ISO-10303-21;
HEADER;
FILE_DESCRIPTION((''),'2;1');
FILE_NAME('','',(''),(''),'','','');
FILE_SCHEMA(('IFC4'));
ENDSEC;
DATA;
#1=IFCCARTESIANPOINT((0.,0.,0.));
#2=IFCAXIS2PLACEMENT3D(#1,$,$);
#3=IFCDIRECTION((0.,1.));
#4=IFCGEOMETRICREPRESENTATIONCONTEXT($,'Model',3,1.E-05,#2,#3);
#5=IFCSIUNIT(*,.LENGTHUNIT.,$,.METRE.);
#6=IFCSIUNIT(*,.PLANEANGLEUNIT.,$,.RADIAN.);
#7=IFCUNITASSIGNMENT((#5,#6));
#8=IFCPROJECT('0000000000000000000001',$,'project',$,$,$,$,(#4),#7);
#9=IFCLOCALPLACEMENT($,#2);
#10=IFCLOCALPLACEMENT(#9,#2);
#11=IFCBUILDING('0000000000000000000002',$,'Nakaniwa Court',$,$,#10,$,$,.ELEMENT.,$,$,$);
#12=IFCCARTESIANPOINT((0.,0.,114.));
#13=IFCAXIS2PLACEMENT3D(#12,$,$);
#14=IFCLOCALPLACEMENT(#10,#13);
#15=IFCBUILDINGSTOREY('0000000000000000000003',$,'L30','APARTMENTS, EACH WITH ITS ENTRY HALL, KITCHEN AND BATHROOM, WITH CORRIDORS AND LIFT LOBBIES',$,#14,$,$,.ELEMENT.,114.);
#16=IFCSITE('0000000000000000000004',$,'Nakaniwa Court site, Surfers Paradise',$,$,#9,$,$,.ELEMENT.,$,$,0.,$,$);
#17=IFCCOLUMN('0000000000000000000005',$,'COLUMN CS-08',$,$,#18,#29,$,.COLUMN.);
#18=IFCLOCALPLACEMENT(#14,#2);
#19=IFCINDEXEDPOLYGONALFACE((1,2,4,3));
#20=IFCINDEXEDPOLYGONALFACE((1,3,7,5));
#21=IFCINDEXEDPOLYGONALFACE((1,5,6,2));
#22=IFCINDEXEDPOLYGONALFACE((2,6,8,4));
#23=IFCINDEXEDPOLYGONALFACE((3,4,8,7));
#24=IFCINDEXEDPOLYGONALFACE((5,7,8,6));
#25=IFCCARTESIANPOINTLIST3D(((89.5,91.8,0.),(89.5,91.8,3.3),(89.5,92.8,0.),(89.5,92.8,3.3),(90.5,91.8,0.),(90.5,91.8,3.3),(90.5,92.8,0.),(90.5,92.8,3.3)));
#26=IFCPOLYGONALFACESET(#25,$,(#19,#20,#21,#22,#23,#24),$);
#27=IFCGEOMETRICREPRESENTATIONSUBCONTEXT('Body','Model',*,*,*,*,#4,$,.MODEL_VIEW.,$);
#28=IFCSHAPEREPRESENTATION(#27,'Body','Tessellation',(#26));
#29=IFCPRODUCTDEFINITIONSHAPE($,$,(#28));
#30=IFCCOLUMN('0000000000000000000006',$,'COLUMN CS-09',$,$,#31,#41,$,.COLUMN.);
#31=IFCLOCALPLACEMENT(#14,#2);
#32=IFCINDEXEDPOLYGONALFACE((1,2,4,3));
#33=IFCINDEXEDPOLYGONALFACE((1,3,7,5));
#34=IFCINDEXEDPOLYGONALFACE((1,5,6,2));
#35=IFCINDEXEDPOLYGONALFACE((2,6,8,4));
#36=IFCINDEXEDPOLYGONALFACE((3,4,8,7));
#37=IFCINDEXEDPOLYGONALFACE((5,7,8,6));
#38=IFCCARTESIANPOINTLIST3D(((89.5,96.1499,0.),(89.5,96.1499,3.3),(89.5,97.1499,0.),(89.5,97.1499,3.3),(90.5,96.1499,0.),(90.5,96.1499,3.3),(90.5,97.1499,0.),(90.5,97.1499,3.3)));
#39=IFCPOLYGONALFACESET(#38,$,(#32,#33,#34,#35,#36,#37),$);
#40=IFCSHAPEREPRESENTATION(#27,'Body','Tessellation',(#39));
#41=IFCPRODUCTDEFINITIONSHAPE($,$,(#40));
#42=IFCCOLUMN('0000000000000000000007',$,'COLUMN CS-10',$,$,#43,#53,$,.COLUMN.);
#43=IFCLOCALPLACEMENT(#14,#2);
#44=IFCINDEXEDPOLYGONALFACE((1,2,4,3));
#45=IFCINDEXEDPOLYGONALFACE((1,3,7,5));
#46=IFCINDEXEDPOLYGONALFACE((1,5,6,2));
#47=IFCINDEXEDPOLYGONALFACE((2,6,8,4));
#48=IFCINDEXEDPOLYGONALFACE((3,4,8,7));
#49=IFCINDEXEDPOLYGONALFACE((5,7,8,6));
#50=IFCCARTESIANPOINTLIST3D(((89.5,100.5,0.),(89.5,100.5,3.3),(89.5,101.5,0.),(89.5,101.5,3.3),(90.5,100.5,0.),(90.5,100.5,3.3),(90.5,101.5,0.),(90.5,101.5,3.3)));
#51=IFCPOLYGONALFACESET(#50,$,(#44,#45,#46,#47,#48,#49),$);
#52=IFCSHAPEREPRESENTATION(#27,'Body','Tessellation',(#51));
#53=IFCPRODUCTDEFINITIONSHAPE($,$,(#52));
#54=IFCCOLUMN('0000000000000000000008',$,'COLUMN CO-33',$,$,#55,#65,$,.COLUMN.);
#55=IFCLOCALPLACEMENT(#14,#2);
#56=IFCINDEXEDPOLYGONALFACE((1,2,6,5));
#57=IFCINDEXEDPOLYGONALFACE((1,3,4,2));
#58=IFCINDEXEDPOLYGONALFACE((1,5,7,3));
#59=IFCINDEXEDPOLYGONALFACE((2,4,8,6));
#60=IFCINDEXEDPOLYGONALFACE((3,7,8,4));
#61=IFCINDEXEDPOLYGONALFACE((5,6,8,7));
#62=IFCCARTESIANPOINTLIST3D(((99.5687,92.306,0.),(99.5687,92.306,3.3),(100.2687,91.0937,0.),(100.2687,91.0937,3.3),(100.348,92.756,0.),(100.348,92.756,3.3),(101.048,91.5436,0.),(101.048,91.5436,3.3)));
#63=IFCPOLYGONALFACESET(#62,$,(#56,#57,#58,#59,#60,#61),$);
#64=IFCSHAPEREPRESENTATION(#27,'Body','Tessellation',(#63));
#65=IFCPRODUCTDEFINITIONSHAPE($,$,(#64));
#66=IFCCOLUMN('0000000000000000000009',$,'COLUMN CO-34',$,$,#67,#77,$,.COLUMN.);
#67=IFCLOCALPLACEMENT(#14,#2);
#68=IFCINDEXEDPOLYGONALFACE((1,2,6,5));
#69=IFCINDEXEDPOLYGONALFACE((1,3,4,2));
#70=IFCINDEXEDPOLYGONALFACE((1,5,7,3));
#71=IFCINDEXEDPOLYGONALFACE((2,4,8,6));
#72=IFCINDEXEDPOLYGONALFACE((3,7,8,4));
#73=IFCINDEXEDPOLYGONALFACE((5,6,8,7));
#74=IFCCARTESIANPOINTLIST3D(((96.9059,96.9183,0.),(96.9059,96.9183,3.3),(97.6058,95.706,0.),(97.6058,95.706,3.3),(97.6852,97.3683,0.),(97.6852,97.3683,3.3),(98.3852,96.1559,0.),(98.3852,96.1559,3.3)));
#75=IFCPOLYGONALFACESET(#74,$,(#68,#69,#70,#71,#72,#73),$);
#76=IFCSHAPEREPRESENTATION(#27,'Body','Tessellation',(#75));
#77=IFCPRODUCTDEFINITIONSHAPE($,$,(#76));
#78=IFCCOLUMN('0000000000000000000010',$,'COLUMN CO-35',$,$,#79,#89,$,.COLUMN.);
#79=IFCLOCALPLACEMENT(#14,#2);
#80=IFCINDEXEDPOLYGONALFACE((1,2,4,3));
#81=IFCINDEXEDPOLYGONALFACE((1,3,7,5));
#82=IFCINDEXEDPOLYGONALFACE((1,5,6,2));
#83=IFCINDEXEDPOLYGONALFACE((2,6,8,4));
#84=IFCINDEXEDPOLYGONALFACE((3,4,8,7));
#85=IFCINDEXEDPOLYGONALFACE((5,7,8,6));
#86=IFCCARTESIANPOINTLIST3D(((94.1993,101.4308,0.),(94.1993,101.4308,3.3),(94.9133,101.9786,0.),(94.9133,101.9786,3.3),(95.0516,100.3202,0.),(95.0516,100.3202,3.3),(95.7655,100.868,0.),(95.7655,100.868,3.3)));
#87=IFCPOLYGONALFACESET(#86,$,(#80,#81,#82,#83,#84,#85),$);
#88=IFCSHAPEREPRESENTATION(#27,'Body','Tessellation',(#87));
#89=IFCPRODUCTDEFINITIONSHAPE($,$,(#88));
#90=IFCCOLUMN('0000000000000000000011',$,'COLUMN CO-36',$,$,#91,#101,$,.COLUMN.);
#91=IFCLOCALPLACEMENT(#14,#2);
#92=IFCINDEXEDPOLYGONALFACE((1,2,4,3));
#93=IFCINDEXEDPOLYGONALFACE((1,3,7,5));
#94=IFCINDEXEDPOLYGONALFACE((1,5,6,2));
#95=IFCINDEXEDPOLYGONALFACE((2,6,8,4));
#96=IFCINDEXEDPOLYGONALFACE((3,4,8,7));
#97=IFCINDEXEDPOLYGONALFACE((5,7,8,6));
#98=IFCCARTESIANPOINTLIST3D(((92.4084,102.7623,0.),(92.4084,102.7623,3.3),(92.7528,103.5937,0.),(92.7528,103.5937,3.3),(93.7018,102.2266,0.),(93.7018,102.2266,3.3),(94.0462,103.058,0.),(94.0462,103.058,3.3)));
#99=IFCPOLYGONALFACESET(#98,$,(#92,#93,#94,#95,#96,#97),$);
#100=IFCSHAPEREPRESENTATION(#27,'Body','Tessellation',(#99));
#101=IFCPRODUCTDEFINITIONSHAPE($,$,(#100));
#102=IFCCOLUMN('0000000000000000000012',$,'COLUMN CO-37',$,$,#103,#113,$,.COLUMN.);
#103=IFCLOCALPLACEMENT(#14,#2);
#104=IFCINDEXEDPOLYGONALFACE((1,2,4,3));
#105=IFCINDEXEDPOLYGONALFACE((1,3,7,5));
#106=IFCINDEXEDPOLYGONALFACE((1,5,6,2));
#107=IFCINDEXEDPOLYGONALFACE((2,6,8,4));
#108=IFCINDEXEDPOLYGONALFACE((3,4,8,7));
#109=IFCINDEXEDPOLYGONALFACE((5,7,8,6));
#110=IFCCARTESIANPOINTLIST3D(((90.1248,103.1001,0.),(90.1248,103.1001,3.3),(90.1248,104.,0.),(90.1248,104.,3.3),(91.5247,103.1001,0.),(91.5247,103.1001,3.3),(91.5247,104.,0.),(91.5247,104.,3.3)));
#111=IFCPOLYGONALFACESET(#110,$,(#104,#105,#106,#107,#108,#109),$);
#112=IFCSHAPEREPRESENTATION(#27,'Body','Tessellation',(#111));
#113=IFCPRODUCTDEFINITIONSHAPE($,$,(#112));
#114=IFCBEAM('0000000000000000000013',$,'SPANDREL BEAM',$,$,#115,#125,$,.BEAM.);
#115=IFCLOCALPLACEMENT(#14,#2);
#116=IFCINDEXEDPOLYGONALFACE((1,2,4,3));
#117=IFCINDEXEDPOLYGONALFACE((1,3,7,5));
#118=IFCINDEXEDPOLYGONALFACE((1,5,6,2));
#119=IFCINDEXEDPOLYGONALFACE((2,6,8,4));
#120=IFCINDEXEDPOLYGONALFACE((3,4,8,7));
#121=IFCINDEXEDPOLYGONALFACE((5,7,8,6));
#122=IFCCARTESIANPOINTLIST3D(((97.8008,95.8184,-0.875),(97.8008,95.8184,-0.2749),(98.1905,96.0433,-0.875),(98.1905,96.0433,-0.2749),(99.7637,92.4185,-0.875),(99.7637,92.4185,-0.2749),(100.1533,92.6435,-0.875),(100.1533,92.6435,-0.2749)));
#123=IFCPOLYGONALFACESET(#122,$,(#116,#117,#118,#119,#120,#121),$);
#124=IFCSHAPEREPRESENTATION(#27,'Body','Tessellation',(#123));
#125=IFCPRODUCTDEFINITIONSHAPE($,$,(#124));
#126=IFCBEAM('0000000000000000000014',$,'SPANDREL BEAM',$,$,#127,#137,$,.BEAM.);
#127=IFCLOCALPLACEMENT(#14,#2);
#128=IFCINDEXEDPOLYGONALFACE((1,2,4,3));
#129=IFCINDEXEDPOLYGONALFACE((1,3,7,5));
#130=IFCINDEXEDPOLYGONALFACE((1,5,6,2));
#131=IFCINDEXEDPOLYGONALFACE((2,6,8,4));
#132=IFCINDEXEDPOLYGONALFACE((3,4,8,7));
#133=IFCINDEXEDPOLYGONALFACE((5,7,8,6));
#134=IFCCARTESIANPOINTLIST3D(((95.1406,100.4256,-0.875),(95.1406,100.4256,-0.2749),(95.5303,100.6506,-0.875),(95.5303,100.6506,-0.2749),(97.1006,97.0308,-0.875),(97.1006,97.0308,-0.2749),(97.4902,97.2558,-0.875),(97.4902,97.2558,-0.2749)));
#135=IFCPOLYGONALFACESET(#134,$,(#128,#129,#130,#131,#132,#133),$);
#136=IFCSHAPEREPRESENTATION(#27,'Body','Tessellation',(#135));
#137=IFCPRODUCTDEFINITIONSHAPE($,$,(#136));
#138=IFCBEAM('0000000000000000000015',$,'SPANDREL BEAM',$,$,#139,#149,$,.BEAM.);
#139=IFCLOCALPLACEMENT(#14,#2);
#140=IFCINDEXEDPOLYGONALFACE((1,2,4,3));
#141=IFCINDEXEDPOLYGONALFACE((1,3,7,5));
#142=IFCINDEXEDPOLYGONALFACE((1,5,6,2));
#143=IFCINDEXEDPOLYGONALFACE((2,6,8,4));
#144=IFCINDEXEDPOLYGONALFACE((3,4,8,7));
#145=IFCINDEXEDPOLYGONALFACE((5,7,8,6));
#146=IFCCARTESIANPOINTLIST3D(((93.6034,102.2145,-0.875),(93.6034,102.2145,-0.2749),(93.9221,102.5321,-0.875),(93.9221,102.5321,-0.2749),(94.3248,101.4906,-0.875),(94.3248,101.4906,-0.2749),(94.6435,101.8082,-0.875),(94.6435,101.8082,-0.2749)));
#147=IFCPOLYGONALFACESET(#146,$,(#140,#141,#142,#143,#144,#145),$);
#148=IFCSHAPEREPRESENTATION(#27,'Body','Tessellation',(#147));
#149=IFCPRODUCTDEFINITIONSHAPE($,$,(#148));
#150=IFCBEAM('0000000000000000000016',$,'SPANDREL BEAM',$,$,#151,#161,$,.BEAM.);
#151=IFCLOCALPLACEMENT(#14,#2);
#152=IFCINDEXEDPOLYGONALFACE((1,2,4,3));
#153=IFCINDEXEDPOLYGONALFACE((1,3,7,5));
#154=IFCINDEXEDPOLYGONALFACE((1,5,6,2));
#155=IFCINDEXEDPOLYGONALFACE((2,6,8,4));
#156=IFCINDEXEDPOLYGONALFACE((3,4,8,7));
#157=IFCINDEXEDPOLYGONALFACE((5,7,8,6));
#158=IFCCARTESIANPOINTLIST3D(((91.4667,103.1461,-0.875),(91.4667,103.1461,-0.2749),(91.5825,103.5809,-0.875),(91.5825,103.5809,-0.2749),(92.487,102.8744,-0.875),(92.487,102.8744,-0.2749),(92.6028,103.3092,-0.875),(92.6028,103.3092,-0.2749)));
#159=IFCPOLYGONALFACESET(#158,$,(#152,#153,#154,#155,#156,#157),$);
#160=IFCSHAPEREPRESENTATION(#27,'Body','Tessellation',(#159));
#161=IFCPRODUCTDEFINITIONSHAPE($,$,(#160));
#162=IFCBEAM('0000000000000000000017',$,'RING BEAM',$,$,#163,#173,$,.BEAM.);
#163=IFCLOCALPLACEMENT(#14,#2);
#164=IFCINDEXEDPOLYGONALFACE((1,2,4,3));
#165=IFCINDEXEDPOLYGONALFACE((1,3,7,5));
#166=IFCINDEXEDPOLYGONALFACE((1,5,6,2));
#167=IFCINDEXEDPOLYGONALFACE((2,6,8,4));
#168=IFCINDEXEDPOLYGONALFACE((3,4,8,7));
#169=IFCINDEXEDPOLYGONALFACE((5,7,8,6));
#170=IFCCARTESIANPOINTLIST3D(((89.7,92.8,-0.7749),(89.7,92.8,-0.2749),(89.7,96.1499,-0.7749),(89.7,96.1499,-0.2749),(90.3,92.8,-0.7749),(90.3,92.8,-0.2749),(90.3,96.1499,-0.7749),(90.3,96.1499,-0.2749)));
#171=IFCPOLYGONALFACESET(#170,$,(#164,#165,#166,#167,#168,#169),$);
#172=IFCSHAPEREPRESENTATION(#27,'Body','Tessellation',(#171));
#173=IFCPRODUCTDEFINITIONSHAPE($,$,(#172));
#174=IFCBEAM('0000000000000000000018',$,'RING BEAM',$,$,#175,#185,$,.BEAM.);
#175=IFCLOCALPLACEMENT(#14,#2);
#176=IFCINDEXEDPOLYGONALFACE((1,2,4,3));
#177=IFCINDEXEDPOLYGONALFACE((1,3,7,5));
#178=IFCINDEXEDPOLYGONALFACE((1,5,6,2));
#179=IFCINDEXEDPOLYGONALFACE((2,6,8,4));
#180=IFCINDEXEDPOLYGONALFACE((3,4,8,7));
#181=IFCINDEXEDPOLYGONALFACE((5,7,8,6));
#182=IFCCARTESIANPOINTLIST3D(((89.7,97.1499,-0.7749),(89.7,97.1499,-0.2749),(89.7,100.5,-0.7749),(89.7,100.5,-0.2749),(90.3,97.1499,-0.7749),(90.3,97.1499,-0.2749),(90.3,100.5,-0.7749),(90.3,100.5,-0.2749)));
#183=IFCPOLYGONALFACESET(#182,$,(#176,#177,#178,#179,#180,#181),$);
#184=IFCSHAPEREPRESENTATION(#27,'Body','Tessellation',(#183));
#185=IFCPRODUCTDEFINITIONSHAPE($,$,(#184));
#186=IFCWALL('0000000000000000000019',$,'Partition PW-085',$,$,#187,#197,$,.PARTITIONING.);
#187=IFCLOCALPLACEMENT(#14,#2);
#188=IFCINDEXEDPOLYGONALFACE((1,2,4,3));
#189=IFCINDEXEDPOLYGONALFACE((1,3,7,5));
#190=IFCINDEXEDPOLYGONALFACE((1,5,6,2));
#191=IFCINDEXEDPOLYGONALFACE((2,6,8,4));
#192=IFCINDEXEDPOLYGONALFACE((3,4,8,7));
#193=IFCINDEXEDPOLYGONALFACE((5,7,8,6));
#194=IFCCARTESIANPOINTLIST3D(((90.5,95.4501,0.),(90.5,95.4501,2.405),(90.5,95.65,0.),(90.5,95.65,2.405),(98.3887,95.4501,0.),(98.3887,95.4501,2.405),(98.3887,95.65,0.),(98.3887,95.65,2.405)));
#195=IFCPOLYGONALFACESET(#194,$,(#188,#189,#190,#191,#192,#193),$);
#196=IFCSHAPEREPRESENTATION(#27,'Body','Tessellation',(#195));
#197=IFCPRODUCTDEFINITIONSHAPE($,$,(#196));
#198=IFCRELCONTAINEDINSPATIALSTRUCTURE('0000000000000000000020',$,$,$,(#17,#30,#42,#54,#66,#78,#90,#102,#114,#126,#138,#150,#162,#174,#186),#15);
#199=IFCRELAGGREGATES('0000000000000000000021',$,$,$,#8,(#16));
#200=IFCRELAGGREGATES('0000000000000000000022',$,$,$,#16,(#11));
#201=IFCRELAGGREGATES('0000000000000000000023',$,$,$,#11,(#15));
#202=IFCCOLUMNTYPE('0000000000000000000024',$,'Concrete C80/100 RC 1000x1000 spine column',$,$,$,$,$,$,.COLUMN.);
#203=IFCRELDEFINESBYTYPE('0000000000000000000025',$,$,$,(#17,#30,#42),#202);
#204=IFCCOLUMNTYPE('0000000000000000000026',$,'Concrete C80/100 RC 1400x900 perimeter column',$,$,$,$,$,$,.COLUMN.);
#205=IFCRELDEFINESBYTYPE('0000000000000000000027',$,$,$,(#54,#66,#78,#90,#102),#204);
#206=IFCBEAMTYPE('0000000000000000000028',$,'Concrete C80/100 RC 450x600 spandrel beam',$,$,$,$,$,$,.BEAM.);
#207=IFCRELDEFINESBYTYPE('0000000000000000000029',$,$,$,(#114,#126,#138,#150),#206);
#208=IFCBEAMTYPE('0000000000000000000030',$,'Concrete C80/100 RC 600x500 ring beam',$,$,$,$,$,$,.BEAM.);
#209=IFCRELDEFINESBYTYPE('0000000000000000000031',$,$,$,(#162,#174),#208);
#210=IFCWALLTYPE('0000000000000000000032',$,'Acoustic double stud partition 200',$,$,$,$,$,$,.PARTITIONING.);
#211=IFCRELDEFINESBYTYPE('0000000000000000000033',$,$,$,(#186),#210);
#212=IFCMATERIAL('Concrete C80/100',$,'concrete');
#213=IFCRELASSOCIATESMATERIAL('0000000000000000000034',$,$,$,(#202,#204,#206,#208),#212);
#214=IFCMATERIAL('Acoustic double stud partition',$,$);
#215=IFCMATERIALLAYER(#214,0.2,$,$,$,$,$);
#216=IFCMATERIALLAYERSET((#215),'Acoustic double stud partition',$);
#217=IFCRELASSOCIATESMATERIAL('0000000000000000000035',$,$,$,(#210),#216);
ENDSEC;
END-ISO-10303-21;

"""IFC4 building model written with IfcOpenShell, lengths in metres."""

from ifc_helpers import new_model, si_unit, direction, frame, frame_2d, origin, origin_2d, place, context, subcontext, project, spatial, rectangle, extrude, material, layer, layer_set, material_profile, profile_set, type_object, element, save


model = new_model("IFC4")

# Units and contexts
model_context = context("Model", 3, precision=1e-05, world=origin(), true_north=direction((0.0, 1.0)))
body_context = subcontext(model_context, "Body", "Model", "MODEL_VIEW")
ifc_project = project(units=[si_unit("LENGTHUNIT", "METRE"), si_unit("PLANEANGLEUNIT", "RADIAN")], contexts=[model_context])

# Site, building, storey
site_placement = place(None, origin())
site = spatial("IfcSite", under=ifc_project, at=site_placement, Name="Nakaniwa Court site, Surfers Paradise", CompositionType="ELEMENT", RefElevation=0.0)
building_placement = place(site_placement, origin())
building = spatial("IfcBuilding", under=site, at=building_placement, Name="Nakaniwa Court", CompositionType="ELEMENT")
storey_placement = place(building_placement, frame((0.0, 0.0, 114.0)))
storey = spatial("IfcBuildingStorey", under=building, at=storey_placement, Name="L30", Description="APARTMENTS, EACH WITH ITS ENTRY HALL, KITCHEN AND BATHROOM, WITH CORRIDORS AND LIFT LOBBIES", CompositionType="ELEMENT", Elevation=114.0)

# Columns
ifc_material_1 = material(Name="Concrete C80/100", Category="concrete")
ifc_material_profile_1 = material_profile(ifc_material_1, rectangle(XDim=1.0, YDim=1.0, at=origin_2d()), Name="Concrete C80/100 RC 1000x1000 spine column")
ifc_profile_set_1 = profile_set([ifc_material_profile_1], Name="Concrete C80/100")
column_type_1 = type_object("IfcColumnType", Name="Concrete C80/100 RC 1000x1000 spine column", PredefinedType="COLUMN", material=ifc_profile_set_1)
for number, where, z_axis, x_axis, name in (
    (1, (90.0, 92.3, 0.0), (0.0, 0.0, 1.0), (0.0, 1.0, 0.0), "COLUMN CS-08"),
    (2, (90.0, 96.6499, 0.0), (0.0, 0.0, 1.0), (0.0, 1.0, 0.0), "COLUMN CS-09"),
    (3, (90.0, 101.0, 0.0), (0.0, 0.0, 1.0), (0.0, 1.0, 0.0), "COLUMN CS-10"),
):
    element("IfcColumn", number, at=place(storey_placement, frame(where, z_axis=z_axis, x_axis=x_axis)), inside=storey, type_object=column_type_1, Name=name, PredefinedType="COLUMN", context=body_context, shape_type="SweptSolid", body=[
        extrude(rectangle(XDim=1.0, YDim=1.0, at=origin_2d()), origin(), (0.0, 0.0, 1.0), 3.3),
    ])
ifc_material_profile_2 = material_profile(ifc_material_1, rectangle(XDim=1.3999, YDim=0.8999, at=origin_2d()), Name="Concrete C80/100 RC 1400x900 perimeter column")
ifc_profile_set_2 = profile_set([ifc_material_profile_2], Name="Concrete C80/100")
column_type_2 = type_object("IfcColumnType", Name="Concrete C80/100 RC 1400x900 perimeter column", PredefinedType="COLUMN", material=ifc_profile_set_2)
for number, where, z_axis, x_axis, name in (
    (4, (100.3083, 91.9248, 0.0), (0.0, 0.0, 1.0), (-0.5, 0.866025, 0.0), "COLUMN CO-33"),
    (5, (97.6455, 96.5371, 0.0), (0.0, 0.0, 1.0), (-0.5, 0.866025, 0.0), "COLUMN CO-34"),
    (6, (94.9824, 101.1494, 0.0), (0.0, 0.0, 1.0), (-0.608761, 0.793353, 0.0), "COLUMN CO-35"),
    (7, (93.2273, 102.9102, 0.0), (0.0, 0.0, 1.0), (-0.92388, 0.382683, 0.0), "COLUMN CO-36"),
    (8, (90.8247, 103.55, 0.0), (0.0, 0.0, 1.0), (-1.0, 0.0, 0.0), "COLUMN CO-37"),
):
    element("IfcColumn", number, at=place(storey_placement, frame(where, z_axis=z_axis, x_axis=x_axis)), inside=storey, type_object=column_type_2, Name=name, PredefinedType="COLUMN", context=body_context, shape_type="SweptSolid", body=[
        extrude(rectangle(XDim=1.3999, YDim=0.8999, at=origin_2d()), origin(), (0.0, 0.0, 1.0), 3.3),
    ])

# Beams
ifc_material_profile_3 = material_profile(ifc_material_1, rectangle(XDim=0.45, YDim=0.6001, at=origin_2d()), Name="Concrete C80/100 RC 450x600 spandrel beam")
ifc_profile_set_3 = profile_set([ifc_material_profile_3], Name="Concrete C80/100")
beam_type_1 = type_object("IfcBeamType", Name="Concrete C80/100 RC 450x600 spandrel beam", PredefinedType="BEAM", material=ifc_profile_set_3)
beam_1_placement = place(storey_placement, frame((99.9585, 92.531, -0.575), z_axis=(-0.499992, 0.86603, 0.0), x_axis=(-0.86603, -0.499992, 0.0)))
element("IfcBeam", 9, at=beam_1_placement, inside=storey, type_object=beam_type_1, Name="SPANDREL BEAM", PredefinedType="BEAM", context=body_context, shape_type="SweptSolid", body=[
    extrude(rectangle(XDim=0.45, YDim=0.6001, at=origin_2d()), origin(), (0.0, 0.0, 1.0), 3.9258),
])
beam_2_placement = place(storey_placement, frame((97.2954, 97.1433, -0.575), z_axis=(-0.499997, 0.866027, 0.0), x_axis=(-0.866027, -0.499997, 0.0)))
element("IfcBeam", 10, at=beam_2_placement, inside=storey, type_object=beam_type_1, Name="SPANDREL BEAM", PredefinedType="BEAM", context=body_context, shape_type="SweptSolid", body=[
    extrude(rectangle(XDim=0.45, YDim=0.6001, at=origin_2d()), origin(), (0.0, 0.0, 1.0), 3.9199),
])
beam_3_placement = place(storey_placement, frame((94.4841, 101.6494, -0.575), z_axis=(-0.705911, 0.7083, 0.0), x_axis=(-0.7083, -0.705911, 0.0)))
element("IfcBeam", 11, at=beam_3_placement, inside=storey, type_object=beam_type_1, Name="SPANDREL BEAM", PredefinedType="BEAM", context=body_context, shape_type="SweptSolid", body=[
    extrude(rectangle(XDim=0.45, YDim=0.6001, at=origin_2d()), origin(), (0.0, 0.0, 1.0), 1.022),
])
beam_4_placement = place(storey_placement, frame((92.5449, 103.0918, -0.575), z_axis=(-0.966315, 0.25736, 0.0), x_axis=(-0.25736, -0.966315, 0.0)))
element("IfcBeam", 12, at=beam_4_placement, inside=storey, type_object=beam_type_1, Name="SPANDREL BEAM", PredefinedType="BEAM", context=body_context, shape_type="SweptSolid", body=[
    extrude(rectangle(XDim=0.45, YDim=0.6001, at=origin_2d()), origin(), (0.0, 0.0, 1.0), 1.0559),
])
ifc_material_profile_4 = material_profile(ifc_material_1, rectangle(XDim=0.6001, YDim=0.5, at=origin_2d()), Name="Concrete C80/100 RC 600x500 ring beam")
ifc_profile_set_4 = profile_set([ifc_material_profile_4], Name="Concrete C80/100")
beam_type_2 = type_object("IfcBeamType", Name="Concrete C80/100 RC 600x500 ring beam", PredefinedType="BEAM", material=ifc_profile_set_4)
beam_5_placement = place(storey_placement, frame((90.0, 92.8, -0.5249), z_axis=(0.0, 1.0, 0.0), x_axis=(-1.0, 0.0, 0.0)))
element("IfcBeam", 13, at=beam_5_placement, inside=storey, type_object=beam_type_2, Name="RING BEAM", PredefinedType="BEAM", context=body_context, shape_type="SweptSolid", body=[
    extrude(rectangle(XDim=0.6001, YDim=0.5, at=origin_2d()), origin(), (0.0, 0.0, 1.0), 3.3499),
])
beam_6_placement = place(storey_placement, frame((90.0, 97.1499, -0.5249), z_axis=(0.0, 1.0, 0.0), x_axis=(-1.0, 0.0, 0.0)))
element("IfcBeam", 14, at=beam_6_placement, inside=storey, type_object=beam_type_2, Name="RING BEAM", PredefinedType="BEAM", context=body_context, shape_type="SweptSolid", body=[
    extrude(rectangle(XDim=0.6001, YDim=0.5, at=origin_2d()), origin(), (0.0, 0.0, 1.0), 3.3501),
])

# Wall
ifc_material_2 = material(Name="Acoustic double stud partition")
ifc_layer_1 = layer(ifc_material_2, 0.2)
ifc_layer_set_1 = layer_set([ifc_layer_1], Name="Acoustic double stud partition")
wall_type_1 = type_object("IfcWallType", Name="Acoustic double stud partition 200", PredefinedType="PARTITIONING", material=ifc_layer_set_1)
wall_1_placement = place(storey_placement, frame((90.5, 95.55, 0.0), z_axis=(0.0, 0.0, 1.0), x_axis=(1.0, 0.0, 0.0)))
element("IfcWall", 15, at=wall_1_placement, inside=storey, type_object=wall_type_1, Name="Partition PW-085", PredefinedType="PARTITIONING", context=body_context, shape_type="SweptSolid", body=[
    extrude(rectangle(XDim=7.8887, YDim=0.2, at=frame_2d((3.9443, 0.0))), origin(), (0.0, 0.0, 1.0), 2.405),
])

save(model, "model.ifc")
